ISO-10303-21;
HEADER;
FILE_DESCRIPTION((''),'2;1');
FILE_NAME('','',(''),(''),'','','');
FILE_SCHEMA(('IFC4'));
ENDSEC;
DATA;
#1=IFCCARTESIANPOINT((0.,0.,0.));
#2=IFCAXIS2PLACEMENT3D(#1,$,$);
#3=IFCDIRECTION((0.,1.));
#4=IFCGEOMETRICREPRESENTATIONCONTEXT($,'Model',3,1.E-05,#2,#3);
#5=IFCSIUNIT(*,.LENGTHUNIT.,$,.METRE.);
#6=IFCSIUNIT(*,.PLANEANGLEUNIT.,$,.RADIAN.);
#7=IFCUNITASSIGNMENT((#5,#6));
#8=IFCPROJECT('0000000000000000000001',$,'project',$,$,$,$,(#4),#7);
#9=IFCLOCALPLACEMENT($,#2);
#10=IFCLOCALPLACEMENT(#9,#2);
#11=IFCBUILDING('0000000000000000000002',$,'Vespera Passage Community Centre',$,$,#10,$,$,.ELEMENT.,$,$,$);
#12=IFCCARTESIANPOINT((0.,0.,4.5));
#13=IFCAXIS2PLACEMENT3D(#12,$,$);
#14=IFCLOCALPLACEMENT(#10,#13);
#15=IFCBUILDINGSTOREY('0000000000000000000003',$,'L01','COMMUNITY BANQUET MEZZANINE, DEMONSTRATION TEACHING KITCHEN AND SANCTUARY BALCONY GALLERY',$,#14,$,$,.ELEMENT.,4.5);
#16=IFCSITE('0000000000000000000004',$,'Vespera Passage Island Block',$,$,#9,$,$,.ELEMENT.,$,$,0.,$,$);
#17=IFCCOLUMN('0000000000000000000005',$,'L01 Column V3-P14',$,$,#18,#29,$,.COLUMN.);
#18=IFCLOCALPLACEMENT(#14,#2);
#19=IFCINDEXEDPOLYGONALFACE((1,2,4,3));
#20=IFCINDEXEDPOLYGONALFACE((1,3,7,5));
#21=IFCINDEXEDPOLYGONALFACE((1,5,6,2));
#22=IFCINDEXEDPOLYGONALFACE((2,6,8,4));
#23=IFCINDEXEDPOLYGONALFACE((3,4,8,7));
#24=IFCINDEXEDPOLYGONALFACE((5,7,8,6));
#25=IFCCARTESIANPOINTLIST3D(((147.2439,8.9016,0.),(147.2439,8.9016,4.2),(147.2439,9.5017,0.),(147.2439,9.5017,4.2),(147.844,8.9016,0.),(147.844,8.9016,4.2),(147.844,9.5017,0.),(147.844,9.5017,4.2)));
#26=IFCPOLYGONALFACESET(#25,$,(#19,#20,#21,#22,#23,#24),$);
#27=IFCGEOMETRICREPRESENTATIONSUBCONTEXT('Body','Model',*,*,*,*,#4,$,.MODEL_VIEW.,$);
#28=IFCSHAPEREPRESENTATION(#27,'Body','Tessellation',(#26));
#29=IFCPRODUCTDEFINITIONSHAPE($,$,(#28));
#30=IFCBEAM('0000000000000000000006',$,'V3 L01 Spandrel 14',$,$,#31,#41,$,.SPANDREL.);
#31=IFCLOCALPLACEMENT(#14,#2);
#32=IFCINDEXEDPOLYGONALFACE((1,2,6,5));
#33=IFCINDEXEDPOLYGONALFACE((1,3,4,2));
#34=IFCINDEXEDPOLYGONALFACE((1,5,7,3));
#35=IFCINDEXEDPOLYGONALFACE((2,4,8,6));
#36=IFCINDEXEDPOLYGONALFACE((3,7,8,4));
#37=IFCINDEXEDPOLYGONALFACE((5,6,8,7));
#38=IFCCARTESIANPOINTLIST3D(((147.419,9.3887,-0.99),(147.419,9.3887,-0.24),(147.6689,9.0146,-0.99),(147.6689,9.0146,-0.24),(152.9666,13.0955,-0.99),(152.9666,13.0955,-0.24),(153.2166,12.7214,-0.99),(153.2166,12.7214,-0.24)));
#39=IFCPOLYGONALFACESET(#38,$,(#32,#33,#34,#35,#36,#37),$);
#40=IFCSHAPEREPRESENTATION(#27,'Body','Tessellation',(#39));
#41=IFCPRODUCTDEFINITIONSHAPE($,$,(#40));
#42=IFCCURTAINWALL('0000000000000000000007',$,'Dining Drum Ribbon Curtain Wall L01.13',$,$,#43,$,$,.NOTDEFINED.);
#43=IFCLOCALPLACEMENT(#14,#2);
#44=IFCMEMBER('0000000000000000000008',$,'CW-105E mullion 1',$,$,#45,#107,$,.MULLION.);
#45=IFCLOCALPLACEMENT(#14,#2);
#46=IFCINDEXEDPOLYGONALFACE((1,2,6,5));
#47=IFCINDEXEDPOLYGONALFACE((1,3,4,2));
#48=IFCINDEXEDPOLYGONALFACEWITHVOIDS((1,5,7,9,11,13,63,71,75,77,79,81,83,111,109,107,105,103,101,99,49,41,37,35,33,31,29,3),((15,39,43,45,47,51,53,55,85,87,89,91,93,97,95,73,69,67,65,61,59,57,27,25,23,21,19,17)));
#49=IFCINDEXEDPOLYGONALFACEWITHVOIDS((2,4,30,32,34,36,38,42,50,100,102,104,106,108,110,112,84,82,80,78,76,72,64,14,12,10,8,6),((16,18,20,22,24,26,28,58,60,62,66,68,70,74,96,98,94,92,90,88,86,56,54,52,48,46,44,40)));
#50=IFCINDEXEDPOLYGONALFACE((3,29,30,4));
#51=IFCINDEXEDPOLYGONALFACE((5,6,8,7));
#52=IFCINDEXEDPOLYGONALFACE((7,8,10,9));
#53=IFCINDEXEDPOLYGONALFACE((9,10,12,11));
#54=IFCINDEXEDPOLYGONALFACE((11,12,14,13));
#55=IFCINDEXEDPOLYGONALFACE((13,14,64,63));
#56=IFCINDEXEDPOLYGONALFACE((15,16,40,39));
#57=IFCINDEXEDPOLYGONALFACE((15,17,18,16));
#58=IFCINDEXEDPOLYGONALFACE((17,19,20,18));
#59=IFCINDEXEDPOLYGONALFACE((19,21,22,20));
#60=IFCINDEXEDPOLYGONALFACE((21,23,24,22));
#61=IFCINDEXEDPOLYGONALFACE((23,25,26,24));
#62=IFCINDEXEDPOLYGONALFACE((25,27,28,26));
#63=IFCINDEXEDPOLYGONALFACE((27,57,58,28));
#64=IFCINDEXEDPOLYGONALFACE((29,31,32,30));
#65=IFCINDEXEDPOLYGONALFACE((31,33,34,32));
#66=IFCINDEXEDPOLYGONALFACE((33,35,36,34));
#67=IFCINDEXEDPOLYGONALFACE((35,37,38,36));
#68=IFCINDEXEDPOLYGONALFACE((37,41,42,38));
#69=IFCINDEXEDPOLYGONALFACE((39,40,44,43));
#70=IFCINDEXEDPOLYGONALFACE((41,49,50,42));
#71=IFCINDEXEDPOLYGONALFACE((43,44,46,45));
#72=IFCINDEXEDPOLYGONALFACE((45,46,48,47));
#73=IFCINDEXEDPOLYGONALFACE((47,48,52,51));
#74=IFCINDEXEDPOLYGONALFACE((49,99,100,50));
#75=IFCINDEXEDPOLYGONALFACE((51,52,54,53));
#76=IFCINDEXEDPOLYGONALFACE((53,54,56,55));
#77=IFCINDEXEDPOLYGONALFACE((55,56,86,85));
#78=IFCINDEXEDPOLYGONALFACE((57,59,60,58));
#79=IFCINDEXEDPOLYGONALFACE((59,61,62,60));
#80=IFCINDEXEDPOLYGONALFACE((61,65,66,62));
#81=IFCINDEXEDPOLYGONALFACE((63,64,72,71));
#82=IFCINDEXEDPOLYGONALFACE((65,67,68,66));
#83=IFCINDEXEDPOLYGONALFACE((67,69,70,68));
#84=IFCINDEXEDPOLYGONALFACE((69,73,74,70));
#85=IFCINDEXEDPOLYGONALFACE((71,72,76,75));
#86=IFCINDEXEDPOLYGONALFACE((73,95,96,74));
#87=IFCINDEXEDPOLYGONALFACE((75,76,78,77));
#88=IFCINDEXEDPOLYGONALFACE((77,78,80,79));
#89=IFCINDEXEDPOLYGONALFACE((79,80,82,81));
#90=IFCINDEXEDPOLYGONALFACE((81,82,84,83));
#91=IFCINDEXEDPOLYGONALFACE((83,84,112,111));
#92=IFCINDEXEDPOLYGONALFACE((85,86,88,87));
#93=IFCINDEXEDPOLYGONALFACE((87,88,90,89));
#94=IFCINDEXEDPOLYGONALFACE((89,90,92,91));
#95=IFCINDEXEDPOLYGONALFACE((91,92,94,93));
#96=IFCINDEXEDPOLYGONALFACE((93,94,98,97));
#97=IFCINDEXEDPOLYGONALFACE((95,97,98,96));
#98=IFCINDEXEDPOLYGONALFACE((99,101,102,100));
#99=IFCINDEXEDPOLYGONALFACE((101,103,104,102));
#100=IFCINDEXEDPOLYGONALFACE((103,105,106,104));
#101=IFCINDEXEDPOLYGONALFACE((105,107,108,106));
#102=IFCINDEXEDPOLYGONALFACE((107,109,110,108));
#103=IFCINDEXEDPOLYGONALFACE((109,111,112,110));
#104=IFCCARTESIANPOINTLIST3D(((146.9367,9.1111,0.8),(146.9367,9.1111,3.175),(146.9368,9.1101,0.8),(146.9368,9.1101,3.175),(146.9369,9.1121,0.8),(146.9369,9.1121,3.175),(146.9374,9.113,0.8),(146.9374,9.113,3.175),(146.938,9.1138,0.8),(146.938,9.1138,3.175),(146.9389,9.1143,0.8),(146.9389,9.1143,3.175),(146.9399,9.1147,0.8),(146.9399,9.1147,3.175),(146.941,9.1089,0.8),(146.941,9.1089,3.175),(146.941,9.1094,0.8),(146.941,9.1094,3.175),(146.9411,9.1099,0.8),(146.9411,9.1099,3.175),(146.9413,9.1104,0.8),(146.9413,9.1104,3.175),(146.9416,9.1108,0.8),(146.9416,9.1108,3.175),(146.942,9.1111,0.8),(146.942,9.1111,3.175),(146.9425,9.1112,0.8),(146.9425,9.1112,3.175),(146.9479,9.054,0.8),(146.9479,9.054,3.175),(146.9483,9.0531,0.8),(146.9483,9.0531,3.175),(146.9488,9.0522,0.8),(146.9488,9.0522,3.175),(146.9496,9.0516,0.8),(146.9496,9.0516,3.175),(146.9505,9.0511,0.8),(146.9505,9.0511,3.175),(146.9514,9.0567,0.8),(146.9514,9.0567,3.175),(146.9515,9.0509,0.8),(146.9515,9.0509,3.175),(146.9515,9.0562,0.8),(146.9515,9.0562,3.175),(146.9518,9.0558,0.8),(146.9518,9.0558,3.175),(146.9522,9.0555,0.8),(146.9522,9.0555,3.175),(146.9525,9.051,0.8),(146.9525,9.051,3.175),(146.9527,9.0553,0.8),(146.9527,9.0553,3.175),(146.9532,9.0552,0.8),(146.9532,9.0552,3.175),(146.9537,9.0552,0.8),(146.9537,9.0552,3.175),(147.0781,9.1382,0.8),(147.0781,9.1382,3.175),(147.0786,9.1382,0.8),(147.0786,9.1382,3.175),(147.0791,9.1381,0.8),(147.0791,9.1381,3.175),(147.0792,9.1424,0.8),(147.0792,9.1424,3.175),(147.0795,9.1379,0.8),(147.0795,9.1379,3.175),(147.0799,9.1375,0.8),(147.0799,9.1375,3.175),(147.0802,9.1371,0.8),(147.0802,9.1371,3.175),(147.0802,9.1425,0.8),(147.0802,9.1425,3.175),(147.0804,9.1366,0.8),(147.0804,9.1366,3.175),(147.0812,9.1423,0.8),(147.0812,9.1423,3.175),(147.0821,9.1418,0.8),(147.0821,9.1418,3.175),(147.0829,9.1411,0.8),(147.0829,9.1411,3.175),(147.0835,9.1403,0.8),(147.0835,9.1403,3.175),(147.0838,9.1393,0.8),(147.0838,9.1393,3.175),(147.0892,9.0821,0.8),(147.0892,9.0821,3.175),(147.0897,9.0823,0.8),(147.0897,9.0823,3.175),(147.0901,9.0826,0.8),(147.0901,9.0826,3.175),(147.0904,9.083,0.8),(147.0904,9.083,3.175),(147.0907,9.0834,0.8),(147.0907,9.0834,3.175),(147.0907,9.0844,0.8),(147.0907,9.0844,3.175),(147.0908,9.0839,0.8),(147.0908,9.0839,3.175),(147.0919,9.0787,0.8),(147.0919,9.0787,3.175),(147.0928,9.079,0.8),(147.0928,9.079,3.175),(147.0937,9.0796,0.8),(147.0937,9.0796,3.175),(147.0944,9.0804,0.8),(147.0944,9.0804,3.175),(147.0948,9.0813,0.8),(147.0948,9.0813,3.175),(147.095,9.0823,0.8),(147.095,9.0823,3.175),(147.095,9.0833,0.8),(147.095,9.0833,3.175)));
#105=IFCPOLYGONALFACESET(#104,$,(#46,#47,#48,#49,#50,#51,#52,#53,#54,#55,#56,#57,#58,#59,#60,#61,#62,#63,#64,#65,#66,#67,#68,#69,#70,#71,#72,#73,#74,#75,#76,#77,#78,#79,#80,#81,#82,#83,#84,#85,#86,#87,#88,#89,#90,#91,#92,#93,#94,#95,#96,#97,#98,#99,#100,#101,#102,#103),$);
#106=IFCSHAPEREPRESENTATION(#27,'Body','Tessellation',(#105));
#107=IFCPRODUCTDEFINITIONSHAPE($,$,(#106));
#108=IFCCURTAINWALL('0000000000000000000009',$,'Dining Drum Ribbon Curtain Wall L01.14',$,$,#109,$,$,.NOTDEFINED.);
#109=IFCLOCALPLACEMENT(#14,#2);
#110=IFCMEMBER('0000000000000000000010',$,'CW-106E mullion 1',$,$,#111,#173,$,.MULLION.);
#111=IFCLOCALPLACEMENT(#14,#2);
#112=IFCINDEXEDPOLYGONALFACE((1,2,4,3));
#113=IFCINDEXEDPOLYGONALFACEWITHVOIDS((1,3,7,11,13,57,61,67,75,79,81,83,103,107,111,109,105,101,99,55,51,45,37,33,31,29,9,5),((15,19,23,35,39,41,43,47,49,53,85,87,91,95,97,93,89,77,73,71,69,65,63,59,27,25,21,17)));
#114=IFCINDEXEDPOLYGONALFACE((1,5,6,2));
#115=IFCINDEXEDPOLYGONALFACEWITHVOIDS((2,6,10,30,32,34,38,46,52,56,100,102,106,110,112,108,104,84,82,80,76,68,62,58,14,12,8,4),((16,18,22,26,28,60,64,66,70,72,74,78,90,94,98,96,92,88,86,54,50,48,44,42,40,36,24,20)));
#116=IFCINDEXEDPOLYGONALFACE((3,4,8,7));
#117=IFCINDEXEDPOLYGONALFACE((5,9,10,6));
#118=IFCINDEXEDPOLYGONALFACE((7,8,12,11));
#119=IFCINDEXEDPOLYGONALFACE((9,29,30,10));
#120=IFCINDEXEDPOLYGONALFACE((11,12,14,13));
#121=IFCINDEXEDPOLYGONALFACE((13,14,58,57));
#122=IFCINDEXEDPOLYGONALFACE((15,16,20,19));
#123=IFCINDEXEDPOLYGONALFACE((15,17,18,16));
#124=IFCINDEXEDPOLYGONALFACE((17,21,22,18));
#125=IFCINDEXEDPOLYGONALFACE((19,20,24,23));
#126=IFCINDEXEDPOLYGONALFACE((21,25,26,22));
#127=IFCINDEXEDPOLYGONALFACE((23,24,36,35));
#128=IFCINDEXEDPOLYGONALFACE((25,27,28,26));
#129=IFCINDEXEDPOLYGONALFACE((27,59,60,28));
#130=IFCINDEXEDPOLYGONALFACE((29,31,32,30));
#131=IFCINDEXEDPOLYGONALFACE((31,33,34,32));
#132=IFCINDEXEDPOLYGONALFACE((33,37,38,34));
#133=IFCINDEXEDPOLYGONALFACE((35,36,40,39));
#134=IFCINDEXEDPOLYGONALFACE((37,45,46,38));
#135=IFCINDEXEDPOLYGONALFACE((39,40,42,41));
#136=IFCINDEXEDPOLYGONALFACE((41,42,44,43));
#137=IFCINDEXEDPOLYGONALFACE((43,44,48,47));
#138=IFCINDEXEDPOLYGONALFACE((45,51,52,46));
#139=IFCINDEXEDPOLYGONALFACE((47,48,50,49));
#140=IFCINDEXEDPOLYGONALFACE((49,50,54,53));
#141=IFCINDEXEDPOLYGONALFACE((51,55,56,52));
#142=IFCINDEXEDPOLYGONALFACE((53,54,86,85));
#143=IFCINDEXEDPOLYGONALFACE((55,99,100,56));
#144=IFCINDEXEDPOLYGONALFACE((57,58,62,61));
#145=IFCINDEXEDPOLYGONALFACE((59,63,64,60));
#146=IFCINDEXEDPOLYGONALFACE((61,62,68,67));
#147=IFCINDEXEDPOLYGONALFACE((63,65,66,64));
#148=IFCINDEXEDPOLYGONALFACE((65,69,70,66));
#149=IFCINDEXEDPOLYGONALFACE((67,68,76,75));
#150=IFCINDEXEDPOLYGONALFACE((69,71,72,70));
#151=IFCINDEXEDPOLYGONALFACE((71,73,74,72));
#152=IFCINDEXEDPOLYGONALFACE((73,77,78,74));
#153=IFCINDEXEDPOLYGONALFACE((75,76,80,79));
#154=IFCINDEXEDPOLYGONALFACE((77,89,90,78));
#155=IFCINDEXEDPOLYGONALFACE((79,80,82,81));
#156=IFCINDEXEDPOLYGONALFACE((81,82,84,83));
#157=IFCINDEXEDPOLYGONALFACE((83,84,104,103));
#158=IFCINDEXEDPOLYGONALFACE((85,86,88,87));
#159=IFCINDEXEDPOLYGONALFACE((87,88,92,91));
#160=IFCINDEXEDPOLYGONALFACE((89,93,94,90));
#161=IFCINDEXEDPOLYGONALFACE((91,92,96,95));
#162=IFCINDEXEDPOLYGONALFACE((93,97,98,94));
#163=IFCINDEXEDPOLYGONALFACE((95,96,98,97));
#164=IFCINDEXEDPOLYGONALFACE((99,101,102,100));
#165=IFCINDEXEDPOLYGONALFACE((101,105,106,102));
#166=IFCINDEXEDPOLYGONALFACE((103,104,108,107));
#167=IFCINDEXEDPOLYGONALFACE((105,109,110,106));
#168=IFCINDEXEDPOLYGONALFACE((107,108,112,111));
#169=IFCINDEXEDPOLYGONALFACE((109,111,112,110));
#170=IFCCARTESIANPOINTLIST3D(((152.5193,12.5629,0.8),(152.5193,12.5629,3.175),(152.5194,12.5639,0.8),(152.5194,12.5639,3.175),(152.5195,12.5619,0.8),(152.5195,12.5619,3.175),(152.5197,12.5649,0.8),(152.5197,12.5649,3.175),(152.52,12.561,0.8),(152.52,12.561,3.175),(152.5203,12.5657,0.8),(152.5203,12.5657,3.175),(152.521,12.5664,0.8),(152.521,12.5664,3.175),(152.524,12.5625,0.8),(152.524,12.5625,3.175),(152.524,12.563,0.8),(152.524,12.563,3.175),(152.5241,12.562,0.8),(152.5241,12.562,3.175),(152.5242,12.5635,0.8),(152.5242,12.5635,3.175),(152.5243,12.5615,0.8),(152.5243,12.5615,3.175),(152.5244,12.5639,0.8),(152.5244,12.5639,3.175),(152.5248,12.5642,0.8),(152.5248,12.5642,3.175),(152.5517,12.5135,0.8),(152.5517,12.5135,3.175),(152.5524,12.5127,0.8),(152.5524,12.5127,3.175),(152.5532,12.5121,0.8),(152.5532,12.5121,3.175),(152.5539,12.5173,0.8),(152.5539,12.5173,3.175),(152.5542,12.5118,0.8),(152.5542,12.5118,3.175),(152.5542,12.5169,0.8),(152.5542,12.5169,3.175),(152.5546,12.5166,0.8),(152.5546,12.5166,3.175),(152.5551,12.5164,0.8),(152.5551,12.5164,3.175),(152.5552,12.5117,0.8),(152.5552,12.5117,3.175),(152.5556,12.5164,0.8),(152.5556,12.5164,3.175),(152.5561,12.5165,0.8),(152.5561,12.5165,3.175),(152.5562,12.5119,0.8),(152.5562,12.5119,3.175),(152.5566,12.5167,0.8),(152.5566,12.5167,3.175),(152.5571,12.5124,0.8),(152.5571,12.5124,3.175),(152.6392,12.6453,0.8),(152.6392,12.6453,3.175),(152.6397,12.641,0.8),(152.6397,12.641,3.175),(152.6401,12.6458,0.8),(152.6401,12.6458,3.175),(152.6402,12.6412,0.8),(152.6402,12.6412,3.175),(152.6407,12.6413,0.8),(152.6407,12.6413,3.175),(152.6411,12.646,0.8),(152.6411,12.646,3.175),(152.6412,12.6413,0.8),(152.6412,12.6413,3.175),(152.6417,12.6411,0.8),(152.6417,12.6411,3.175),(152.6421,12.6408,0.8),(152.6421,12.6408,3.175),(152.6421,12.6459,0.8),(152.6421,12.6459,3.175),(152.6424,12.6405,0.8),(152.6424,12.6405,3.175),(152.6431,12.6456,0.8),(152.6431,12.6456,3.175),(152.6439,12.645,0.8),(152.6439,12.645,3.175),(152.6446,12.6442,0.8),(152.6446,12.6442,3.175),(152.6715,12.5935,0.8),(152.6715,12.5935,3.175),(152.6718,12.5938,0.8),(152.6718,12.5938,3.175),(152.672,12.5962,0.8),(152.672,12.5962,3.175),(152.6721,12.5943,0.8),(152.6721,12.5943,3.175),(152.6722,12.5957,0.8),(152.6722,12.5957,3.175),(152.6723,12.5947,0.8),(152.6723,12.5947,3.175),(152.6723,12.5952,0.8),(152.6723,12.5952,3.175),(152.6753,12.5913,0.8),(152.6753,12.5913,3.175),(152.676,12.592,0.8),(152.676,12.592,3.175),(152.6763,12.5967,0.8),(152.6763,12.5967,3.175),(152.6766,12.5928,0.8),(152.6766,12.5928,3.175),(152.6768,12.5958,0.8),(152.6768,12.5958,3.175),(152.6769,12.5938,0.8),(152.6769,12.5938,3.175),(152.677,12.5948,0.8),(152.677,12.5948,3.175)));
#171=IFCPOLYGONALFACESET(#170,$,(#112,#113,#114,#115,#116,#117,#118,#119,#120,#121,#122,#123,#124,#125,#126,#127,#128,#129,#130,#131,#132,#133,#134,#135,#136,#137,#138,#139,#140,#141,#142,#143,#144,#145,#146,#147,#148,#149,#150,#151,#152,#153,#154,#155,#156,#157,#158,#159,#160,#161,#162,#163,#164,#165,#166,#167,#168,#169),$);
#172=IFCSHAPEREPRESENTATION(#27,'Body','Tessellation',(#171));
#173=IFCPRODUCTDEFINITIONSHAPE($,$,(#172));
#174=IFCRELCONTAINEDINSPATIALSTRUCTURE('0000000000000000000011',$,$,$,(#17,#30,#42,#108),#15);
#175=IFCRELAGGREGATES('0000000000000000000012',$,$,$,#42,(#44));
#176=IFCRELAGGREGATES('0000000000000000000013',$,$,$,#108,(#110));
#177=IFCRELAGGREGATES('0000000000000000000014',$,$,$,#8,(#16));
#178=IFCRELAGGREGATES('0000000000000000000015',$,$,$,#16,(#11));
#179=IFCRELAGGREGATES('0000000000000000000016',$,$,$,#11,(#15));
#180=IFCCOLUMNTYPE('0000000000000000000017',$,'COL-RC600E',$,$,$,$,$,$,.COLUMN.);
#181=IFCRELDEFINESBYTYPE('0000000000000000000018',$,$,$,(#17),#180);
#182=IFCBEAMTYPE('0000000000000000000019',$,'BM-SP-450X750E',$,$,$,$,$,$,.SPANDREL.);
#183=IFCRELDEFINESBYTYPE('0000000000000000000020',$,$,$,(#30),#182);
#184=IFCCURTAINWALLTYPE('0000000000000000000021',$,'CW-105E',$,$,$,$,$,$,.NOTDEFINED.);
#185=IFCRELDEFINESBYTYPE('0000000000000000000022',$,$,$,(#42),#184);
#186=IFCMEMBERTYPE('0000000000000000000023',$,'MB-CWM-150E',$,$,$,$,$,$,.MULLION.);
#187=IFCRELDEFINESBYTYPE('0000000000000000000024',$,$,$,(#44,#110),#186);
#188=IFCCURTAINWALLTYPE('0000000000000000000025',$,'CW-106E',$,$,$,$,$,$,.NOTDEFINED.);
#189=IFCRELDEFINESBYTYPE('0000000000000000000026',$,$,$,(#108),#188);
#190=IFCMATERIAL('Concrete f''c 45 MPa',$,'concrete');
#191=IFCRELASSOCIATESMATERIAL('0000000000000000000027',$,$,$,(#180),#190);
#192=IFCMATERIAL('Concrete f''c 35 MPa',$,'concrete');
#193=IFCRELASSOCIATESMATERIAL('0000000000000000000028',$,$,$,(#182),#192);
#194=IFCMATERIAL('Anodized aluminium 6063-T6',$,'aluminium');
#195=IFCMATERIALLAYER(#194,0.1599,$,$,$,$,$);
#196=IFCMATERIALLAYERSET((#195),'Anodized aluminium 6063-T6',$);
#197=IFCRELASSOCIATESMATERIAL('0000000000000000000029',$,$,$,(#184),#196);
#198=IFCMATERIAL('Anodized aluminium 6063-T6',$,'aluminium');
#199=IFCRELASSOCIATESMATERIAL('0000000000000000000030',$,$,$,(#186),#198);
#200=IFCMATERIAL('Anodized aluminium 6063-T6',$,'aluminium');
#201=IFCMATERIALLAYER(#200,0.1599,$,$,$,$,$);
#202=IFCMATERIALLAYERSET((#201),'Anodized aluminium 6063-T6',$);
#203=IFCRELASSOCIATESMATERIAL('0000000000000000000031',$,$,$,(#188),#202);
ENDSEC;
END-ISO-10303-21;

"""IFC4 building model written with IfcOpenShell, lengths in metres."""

from ifc_helpers import new_model, si_unit, direction, frame, origin, origin_2d, place, context, subcontext, project, spatial, rectangle, hollow_rectangle, extrude, material, layer, layer_set, material_profile, profile_set, type_object, element, aggregate, save


model = new_model("IFC4")

# Units and contexts
model_context = context("Model", 3, precision=1e-05, world=origin(), true_north=direction((0.0, 1.0)))
body_context = subcontext(model_context, "Body", "Model", "MODEL_VIEW")
ifc_project = project(units=[si_unit("LENGTHUNIT", "METRE"), si_unit("PLANEANGLEUNIT", "RADIAN")], contexts=[model_context])

# Site, building, storey
site_placement = place(None, origin())
site = spatial("IfcSite", under=ifc_project, at=site_placement, Name="Vespera Passage Island Block", CompositionType="ELEMENT", RefElevation=0.0)
building_placement = place(site_placement, origin())
building = spatial("IfcBuilding", under=site, at=building_placement, Name="Vespera Passage Community Centre", CompositionType="ELEMENT")
storey_placement = place(building_placement, frame((0.0, 0.0, 4.5)))
storey = spatial("IfcBuildingStorey", under=building, at=storey_placement, Name="L01", Description="COMMUNITY BANQUET MEZZANINE, DEMONSTRATION TEACHING KITCHEN AND SANCTUARY BALCONY GALLERY", CompositionType="ELEMENT", Elevation=4.5)

# Column
ifc_material_1 = material(Name="Concrete f'c 45 MPa", Category="concrete")
ifc_material_profile_1 = material_profile(ifc_material_1, rectangle(XDim=0.6001, YDim=0.6001, at=origin_2d()), Name="RC600X600")
ifc_profile_set_1 = profile_set([ifc_material_profile_1], Name="Concrete f'c 45 MPa")
column_type = type_object("IfcColumnType", Name="COL-RC600E", PredefinedType="COLUMN", material=ifc_profile_set_1)
column_placement = place(storey_placement, frame((147.5439, 9.2017, 0.0), z_axis=(0.0, 0.0, 1.0), x_axis=(1.0, 0.0, 0.0)))
element("IfcColumn", 1, at=column_placement, inside=storey, type_object=column_type, Name="L01 Column V3-P14", PredefinedType="COLUMN", context=body_context, shape_type="SweptSolid", body=[
    extrude(rectangle(XDim=0.6001, YDim=0.6001, at=origin_2d()), origin(), (0.0, 0.0, 1.0), 4.2),
])

# Beam
ifc_material_2 = material(Name="Concrete f'c 35 MPa", Category="concrete")
ifc_material_profile_2 = material_profile(ifc_material_2, rectangle(XDim=0.45, YDim=0.75, at=origin_2d()), Name="RC450X750")
ifc_profile_set_2 = profile_set([ifc_material_profile_2], Name="Concrete f'c 35 MPa")
beam_type = type_object("IfcBeamType", Name="BM-SP-450X750E", PredefinedType="SPANDREL", material=ifc_profile_set_2)
beam_placement = place(storey_placement, frame((147.5439, 9.2017, -0.615), z_axis=(0.83147, 0.55557, 0.0), x_axis=(-0.55557, 0.83147, 0.0)))
element("IfcBeam", 2, at=beam_placement, inside=storey, type_object=beam_type, Name="V3 L01 Spandrel 14", PredefinedType="SPANDREL", context=body_context, shape_type="SweptSolid", body=[
    extrude(rectangle(XDim=0.45, YDim=0.75, at=origin_2d()), origin(), (0.0, 0.0, 1.0), 6.6721),
])

# Curtain wall, member
ifc_material_3 = material(Name="Anodized aluminium 6063-T6", Category="aluminium")
ifc_layer_1 = layer(ifc_material_3, 0.1599)
ifc_layer_set_1 = layer_set([ifc_layer_1], Name="Anodized aluminium 6063-T6")
curtain_wall_type_1 = type_object("IfcCurtainWallType", Name="CW-105E", PredefinedType="NOTDEFINED", material=ifc_layer_set_1)
curtain_wall_1_placement = place(storey_placement, origin())
curtain_wall_1 = element("IfcCurtainWall", 3, at=curtain_wall_1_placement, inside=storey, type_object=curtain_wall_type_1, Name="Dining Drum Ribbon Curtain Wall L01.13", PredefinedType="NOTDEFINED")
ifc_material_4 = material(Name="Anodized aluminium 6063-T6", Category="aluminium")
ifc_material_profile_3 = material_profile(ifc_material_4, hollow_rectangle(XDim=0.0649, YDim=0.1499, WallThickness=0.0039, InnerFilletRadius=0.002, OuterFilletRadius=0.0039, at=origin_2d()), Name="ALU150X65X4")
ifc_profile_set_3 = profile_set([ifc_material_profile_3], Name="Anodized aluminium 6063-T6")
member_type_1 = type_object("IfcMemberType", Name="MB-CWM-150E", PredefinedType="MULLION", material=ifc_profile_set_3)
member_1_placement = place(storey_placement, frame((147.0159, 9.0967, 0.8), z_axis=(0.0, 0.0, 1.0), x_axis=(0.195097, -0.980784, 0.0)))
member_1 = element("IfcMember", 4, at=member_1_placement, type_object=member_type_1, Name="CW-105E mullion 1", PredefinedType="MULLION", context=body_context, shape_type="SweptSolid", body=[
    extrude(hollow_rectangle(XDim=0.0649, YDim=0.1499, WallThickness=0.0039, InnerFilletRadius=0.002, OuterFilletRadius=0.0039, at=origin_2d()), origin(), (0.0, 0.0, 1.0), 2.375),
])

# Curtain wall, member
ifc_material_5 = material(Name="Anodized aluminium 6063-T6", Category="aluminium")
ifc_layer_2 = layer(ifc_material_5, 0.1599)
ifc_layer_set_2 = layer_set([ifc_layer_2], Name="Anodized aluminium 6063-T6")
curtain_wall_type_2 = type_object("IfcCurtainWallType", Name="CW-106E", PredefinedType="NOTDEFINED", material=ifc_layer_set_2)
curtain_wall_2_placement = place(storey_placement, origin())
curtain_wall_2 = element("IfcCurtainWall", 5, at=curtain_wall_2_placement, inside=storey, type_object=curtain_wall_type_2, Name="Dining Drum Ribbon Curtain Wall L01.14", PredefinedType="NOTDEFINED")
member_2_placement = place(storey_placement, frame((152.5981, 12.5789, 0.8), z_axis=(0.0, 0.0, 1.0), x_axis=(0.555565, -0.831473, 0.0)))
member_2 = element("IfcMember", 6, at=member_2_placement, type_object=member_type_1, Name="CW-106E mullion 1", PredefinedType="MULLION", context=body_context, shape_type="SweptSolid", body=[
    extrude(hollow_rectangle(XDim=0.0649, YDim=0.1499, WallThickness=0.0039, InnerFilletRadius=0.002, OuterFilletRadius=0.0039, at=origin_2d()), origin(), (0.0, 0.0, 1.0), 2.375),
])

aggregate(curtain_wall_1, [member_1])
aggregate(curtain_wall_2, [member_2])

save(model, "model.ifc")
